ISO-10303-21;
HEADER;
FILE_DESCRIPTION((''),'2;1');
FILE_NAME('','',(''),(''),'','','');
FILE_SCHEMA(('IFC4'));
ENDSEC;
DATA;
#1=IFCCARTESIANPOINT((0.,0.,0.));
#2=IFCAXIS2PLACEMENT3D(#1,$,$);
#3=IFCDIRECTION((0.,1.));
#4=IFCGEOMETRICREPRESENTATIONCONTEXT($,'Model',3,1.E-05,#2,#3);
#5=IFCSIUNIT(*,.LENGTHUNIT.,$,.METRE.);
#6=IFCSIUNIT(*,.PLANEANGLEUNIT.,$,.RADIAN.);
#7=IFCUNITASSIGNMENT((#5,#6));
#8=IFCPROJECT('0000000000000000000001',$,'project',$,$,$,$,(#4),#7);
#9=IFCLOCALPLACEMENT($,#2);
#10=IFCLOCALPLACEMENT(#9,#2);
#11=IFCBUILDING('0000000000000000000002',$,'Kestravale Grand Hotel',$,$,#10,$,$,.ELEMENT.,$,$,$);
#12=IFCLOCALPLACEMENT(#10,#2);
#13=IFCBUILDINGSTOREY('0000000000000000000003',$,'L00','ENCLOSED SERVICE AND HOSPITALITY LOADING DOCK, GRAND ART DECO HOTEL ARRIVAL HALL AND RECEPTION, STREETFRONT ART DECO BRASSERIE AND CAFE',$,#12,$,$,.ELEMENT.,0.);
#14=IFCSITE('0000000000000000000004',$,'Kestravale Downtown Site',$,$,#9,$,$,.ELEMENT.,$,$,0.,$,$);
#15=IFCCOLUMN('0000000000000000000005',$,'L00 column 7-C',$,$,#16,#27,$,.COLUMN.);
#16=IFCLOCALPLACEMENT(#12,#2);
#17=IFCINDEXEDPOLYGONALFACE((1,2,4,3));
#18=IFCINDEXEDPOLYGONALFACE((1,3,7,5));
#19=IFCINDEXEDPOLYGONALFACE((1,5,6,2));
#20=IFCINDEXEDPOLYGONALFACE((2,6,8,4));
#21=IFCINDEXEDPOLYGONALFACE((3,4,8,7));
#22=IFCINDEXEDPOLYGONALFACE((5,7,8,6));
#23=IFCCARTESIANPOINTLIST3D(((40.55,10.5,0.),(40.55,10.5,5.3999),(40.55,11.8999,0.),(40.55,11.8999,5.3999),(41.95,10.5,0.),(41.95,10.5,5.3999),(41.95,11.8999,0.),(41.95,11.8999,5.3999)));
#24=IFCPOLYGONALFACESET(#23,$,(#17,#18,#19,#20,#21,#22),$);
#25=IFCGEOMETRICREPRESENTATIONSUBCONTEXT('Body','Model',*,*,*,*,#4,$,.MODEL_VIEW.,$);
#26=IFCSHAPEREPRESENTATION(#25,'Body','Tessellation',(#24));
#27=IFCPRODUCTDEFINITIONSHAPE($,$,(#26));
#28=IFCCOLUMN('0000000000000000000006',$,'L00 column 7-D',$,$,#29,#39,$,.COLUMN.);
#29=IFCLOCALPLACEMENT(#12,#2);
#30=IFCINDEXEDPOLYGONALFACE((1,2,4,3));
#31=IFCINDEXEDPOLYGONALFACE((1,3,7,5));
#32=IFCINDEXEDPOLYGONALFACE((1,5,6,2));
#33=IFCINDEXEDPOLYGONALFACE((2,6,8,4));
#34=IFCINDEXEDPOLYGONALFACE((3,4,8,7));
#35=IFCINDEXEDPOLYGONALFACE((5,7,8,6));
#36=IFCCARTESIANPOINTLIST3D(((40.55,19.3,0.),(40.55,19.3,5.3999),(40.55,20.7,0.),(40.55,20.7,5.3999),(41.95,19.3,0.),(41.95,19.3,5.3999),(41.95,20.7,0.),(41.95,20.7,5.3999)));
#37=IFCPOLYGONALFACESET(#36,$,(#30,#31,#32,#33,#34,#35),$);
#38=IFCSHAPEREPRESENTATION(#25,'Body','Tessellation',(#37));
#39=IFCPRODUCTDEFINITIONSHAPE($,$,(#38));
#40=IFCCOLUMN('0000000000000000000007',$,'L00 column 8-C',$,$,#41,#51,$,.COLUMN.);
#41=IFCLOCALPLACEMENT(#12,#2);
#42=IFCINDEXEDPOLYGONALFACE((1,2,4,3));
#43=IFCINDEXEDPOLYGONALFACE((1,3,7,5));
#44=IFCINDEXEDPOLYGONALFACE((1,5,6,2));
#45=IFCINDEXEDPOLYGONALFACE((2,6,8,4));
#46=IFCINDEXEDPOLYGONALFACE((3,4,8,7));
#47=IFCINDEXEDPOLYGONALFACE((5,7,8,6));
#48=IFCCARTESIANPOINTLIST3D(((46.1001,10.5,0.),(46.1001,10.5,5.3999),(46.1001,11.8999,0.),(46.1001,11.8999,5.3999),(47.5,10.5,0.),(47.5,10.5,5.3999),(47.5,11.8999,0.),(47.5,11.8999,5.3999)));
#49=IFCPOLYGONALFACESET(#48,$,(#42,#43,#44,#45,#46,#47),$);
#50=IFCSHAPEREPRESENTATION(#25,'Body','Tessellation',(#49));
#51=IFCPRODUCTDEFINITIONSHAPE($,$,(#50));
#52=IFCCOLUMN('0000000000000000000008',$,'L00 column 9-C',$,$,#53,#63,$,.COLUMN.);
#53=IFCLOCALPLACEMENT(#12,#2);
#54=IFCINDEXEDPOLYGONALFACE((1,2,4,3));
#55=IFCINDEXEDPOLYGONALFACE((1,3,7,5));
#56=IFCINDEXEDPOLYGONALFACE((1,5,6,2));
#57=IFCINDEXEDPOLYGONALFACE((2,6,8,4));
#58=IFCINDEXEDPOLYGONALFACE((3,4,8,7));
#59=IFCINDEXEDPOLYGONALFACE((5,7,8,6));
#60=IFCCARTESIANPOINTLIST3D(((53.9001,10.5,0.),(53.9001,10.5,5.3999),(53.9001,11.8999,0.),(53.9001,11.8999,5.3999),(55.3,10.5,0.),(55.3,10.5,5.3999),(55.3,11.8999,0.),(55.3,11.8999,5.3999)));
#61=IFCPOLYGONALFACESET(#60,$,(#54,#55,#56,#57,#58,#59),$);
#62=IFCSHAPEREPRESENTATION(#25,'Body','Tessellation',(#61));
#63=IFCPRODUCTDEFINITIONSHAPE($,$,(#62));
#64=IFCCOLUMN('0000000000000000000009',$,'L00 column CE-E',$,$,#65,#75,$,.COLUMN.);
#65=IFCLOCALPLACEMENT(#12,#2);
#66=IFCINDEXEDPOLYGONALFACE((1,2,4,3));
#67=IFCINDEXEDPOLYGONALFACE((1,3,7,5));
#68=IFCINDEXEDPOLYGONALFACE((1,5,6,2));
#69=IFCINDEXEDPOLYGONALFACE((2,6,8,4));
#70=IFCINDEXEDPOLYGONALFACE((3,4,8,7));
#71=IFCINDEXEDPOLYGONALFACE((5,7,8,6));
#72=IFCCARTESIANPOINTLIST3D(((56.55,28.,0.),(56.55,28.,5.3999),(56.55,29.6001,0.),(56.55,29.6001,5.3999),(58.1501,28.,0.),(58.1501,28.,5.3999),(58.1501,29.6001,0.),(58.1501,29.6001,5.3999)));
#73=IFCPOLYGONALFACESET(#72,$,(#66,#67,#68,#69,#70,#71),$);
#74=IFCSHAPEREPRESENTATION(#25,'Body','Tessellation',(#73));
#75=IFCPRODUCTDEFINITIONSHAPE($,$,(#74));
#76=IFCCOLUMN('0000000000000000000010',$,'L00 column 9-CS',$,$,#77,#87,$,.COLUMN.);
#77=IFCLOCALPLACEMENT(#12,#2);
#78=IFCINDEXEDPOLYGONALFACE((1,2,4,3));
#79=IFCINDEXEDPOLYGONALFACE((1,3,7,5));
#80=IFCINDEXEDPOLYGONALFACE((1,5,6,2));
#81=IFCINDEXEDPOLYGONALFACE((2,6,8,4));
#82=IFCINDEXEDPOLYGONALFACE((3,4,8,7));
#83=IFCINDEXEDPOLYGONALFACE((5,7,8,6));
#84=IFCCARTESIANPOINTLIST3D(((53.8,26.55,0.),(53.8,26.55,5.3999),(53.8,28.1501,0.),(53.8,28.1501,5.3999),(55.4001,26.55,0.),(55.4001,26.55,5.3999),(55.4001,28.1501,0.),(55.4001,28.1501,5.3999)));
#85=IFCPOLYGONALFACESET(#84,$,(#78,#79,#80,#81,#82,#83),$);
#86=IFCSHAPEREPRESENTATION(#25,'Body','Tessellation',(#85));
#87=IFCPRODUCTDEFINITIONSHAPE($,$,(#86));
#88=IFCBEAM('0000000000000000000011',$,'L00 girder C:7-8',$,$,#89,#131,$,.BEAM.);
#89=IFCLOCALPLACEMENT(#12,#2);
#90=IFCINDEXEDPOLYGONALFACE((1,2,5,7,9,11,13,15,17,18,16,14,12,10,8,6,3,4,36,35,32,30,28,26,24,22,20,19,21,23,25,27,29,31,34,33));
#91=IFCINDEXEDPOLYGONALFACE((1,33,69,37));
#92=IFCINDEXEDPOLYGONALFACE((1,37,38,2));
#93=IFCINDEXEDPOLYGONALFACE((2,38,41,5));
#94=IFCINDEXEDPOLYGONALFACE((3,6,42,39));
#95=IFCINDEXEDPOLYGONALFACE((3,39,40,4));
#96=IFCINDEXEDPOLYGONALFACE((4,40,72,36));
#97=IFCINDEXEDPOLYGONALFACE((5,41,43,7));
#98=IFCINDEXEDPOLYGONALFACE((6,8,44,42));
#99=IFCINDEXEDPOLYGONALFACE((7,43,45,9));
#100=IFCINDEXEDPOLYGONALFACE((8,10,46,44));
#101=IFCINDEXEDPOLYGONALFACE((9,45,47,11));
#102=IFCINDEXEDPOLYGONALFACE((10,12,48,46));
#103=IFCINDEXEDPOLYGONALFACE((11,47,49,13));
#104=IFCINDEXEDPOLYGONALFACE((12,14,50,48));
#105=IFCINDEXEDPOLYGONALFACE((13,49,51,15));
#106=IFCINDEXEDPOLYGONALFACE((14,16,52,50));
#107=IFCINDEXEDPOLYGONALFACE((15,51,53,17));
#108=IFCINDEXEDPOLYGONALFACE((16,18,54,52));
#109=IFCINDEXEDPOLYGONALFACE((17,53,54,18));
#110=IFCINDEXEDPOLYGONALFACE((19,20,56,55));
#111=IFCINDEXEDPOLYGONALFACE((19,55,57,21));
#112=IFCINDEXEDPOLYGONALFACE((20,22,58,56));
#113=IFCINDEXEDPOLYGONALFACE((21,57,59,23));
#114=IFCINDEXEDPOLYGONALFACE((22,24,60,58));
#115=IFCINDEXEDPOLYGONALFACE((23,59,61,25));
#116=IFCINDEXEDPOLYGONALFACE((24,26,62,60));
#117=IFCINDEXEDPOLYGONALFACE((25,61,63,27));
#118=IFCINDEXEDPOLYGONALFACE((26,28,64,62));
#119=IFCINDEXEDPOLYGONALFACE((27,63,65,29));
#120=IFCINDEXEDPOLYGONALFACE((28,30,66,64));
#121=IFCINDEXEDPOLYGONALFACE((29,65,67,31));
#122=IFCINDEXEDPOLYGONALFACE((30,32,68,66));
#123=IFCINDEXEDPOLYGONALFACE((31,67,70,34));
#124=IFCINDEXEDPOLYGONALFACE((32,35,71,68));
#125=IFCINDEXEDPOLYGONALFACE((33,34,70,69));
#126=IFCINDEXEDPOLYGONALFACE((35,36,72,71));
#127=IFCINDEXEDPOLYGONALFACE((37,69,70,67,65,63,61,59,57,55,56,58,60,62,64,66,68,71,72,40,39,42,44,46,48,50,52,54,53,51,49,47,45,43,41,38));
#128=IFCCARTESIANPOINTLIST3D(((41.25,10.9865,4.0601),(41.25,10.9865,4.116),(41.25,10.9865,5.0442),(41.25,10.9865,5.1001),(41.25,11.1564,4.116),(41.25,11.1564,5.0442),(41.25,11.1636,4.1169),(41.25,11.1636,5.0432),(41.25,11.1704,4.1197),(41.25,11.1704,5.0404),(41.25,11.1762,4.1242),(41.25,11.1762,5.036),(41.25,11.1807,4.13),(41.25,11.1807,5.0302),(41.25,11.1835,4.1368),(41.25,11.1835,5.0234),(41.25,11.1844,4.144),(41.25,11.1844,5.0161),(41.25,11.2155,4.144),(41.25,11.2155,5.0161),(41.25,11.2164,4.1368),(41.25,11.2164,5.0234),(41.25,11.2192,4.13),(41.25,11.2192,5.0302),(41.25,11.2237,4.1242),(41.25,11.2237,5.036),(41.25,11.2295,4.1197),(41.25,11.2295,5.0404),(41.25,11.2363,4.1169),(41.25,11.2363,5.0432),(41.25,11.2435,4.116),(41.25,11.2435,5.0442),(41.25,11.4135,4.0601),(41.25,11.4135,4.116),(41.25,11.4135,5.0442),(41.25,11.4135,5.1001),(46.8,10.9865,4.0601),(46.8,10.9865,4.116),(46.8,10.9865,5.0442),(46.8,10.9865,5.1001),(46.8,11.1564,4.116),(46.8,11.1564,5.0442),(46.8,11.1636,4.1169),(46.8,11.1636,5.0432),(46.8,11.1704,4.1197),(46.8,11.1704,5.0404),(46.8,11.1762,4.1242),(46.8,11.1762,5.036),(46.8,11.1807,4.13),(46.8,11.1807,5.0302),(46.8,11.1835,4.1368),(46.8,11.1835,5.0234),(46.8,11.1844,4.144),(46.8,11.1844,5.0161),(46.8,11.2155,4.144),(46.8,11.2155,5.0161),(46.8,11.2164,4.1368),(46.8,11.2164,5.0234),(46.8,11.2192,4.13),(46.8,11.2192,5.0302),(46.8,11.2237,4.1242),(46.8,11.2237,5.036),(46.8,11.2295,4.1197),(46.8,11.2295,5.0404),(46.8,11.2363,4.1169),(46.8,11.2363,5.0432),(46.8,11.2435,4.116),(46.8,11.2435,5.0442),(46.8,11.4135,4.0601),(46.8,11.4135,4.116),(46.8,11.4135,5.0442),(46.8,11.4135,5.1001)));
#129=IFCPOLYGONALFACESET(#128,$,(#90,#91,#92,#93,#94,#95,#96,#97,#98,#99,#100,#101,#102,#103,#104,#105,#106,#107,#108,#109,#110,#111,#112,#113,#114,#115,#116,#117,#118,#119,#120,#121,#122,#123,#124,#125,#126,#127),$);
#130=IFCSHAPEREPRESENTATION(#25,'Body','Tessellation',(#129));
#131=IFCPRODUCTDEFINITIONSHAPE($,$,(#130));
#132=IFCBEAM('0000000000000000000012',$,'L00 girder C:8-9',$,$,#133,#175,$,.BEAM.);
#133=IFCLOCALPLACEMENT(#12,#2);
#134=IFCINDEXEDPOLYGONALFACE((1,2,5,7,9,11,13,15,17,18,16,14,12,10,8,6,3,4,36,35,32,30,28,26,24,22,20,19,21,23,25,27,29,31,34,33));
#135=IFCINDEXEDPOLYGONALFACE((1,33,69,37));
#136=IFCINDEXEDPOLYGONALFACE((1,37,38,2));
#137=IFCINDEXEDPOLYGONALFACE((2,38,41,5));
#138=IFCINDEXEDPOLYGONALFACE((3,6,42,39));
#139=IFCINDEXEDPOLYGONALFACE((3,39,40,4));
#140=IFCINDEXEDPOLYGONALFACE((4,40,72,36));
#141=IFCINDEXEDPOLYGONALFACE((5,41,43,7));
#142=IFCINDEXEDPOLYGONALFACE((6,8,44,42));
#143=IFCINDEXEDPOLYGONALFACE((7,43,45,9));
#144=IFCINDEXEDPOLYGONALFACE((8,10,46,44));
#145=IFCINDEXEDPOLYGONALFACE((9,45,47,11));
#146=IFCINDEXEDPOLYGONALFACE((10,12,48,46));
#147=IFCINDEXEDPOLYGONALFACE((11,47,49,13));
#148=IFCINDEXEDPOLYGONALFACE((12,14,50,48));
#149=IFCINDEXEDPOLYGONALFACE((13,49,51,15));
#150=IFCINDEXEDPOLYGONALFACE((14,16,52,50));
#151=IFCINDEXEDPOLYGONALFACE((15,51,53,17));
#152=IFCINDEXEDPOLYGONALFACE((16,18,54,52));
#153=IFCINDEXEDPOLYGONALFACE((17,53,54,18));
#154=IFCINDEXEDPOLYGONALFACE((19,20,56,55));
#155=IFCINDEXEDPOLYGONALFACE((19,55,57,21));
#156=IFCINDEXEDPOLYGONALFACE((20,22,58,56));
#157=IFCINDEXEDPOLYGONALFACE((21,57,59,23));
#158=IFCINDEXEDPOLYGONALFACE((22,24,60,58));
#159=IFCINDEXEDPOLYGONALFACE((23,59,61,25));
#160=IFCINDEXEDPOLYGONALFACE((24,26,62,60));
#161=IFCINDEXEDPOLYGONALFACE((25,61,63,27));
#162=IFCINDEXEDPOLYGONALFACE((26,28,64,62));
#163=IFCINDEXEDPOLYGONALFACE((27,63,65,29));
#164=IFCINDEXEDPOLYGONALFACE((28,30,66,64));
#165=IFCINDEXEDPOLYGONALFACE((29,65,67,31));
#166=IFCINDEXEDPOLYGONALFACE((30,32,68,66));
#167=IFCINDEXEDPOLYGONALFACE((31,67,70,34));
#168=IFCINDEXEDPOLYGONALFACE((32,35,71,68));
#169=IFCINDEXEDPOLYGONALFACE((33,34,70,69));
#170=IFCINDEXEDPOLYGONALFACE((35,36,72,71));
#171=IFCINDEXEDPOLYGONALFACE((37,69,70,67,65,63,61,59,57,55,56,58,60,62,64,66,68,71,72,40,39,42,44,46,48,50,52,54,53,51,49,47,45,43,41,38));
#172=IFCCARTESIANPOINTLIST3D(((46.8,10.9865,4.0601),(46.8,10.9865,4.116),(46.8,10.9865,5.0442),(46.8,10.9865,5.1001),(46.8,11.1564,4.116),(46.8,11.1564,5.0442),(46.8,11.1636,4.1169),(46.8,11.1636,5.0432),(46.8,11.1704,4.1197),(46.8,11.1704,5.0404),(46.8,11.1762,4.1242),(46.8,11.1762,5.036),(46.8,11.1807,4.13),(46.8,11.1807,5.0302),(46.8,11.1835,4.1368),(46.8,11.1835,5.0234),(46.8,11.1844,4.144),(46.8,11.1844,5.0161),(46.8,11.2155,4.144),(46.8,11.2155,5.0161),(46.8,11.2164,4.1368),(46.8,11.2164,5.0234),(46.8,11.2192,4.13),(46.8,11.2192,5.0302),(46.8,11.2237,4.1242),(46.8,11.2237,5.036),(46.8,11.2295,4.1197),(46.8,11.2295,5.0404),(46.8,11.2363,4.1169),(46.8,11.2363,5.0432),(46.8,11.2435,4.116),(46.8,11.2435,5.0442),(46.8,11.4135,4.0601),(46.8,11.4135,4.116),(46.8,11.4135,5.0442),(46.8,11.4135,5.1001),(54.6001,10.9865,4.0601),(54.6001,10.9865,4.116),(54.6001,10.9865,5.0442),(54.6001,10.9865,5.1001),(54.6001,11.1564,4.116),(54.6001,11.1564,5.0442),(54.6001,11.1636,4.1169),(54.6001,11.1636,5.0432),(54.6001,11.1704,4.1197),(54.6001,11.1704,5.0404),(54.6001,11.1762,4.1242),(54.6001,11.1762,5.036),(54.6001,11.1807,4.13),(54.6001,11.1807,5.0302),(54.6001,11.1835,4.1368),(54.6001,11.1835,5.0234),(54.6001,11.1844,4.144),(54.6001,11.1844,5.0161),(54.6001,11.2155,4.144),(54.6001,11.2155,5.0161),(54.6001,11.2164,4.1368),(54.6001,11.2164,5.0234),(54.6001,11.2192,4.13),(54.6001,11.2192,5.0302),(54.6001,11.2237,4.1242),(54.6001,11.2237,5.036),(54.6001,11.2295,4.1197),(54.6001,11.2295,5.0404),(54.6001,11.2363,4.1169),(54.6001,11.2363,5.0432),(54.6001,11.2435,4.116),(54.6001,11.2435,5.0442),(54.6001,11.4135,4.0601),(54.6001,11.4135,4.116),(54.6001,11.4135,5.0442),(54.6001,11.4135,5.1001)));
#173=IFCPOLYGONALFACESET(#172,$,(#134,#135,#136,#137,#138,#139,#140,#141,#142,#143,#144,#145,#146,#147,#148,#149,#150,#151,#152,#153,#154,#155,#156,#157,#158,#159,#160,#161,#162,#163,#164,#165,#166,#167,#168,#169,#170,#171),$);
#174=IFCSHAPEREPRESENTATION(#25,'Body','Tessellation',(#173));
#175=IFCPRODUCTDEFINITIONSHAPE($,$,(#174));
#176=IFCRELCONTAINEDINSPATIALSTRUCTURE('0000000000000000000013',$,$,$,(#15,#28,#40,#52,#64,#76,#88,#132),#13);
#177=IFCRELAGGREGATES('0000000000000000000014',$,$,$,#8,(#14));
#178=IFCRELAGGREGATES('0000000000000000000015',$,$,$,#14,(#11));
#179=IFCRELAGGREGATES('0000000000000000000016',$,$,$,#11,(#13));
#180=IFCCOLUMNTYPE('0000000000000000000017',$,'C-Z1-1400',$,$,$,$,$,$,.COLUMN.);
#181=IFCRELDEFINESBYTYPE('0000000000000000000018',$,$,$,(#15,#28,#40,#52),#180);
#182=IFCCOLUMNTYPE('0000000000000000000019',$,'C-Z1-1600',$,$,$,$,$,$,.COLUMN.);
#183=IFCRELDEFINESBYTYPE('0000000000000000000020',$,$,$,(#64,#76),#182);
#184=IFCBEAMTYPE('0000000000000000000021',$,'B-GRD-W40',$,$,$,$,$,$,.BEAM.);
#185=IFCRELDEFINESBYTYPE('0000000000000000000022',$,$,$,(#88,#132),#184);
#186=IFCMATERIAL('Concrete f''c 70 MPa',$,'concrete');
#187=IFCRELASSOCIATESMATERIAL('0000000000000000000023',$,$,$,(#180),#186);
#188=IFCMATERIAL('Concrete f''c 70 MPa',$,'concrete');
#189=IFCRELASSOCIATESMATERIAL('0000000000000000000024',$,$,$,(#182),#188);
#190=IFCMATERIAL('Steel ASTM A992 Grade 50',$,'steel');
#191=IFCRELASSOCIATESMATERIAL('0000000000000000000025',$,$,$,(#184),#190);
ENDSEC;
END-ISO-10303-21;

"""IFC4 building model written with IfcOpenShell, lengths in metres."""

from ifc_helpers import new_model, si_unit, direction, frame, origin, origin_2d, place, context, subcontext, project, spatial, rectangle, i_section, extrude, material, material_profile, profile_set, type_object, element, save


model = new_model("IFC4")

# Units and contexts
model_context = context("Model", 3, precision=1e-05, world=origin(), true_north=direction((0.0, 1.0)))
body_context = subcontext(model_context, "Body", "Model", "MODEL_VIEW")
ifc_project = project(units=[si_unit("LENGTHUNIT", "METRE"), si_unit("PLANEANGLEUNIT", "RADIAN")], contexts=[model_context])

# Site, building, storey
site_placement = place(None, origin())
site = spatial("IfcSite", under=ifc_project, at=site_placement, Name="Kestravale Downtown Site", CompositionType="ELEMENT", RefElevation=0.0)
building_placement = place(site_placement, origin())
building = spatial("IfcBuilding", under=site, at=building_placement, Name="Kestravale Grand Hotel", CompositionType="ELEMENT")
storey_placement = place(building_placement, origin())
storey = spatial("IfcBuildingStorey", under=building, at=storey_placement, Name="L00", Description="ENCLOSED SERVICE AND HOSPITALITY LOADING DOCK, GRAND ART DECO HOTEL ARRIVAL HALL AND RECEPTION, STREETFRONT ART DECO BRASSERIE AND CAFE", CompositionType="ELEMENT", Elevation=0.0)

# Columns
ifc_material_1 = material(Name="Concrete f'c 70 MPa", Category="concrete")
ifc_material_profile_1 = material_profile(ifc_material_1, rectangle(XDim=1.3999, YDim=1.3999, at=origin_2d()))
ifc_profile_set_1 = profile_set([ifc_material_profile_1], Name="Concrete f'c 70 MPa")
column_type_1 = type_object("IfcColumnType", Name="C-Z1-1400", PredefinedType="COLUMN", material=ifc_profile_set_1)
for number, where, z_axis, x_axis, name in (
    (1, (41.25, 11.2, 0.0), (0.0, 0.0, 1.0), (1.0, 0.0, 0.0), "L00 column 7-C"),
    (2, (41.25, 20.0, 0.0), (0.0, 0.0, 1.0), (1.0, 0.0, 0.0), "L00 column 7-D"),
    (3, (46.8, 11.2, 0.0), (0.0, 0.0, 1.0), (1.0, 0.0, 0.0), "L00 column 8-C"),
    (4, (54.6001, 11.2, 0.0), (0.0, 0.0, 1.0), (1.0, 0.0, 0.0), "L00 column 9-C"),
):
    element("IfcColumn", number, at=place(storey_placement, frame(where, z_axis=z_axis, x_axis=x_axis)), inside=storey, type_object=column_type_1, Name=name, PredefinedType="COLUMN", context=body_context, shape_type="SweptSolid", body=[
        extrude(rectangle(XDim=1.3999, YDim=1.3999, at=origin_2d()), origin(), (0.0, 0.0, 1.0), 5.3999),
    ])
ifc_material_2 = material(Name="Concrete f'c 70 MPa", Category="concrete")
ifc_material_profile_2 = material_profile(ifc_material_2, rectangle(XDim=1.6001, YDim=1.6001, at=origin_2d()))
ifc_profile_set_2 = profile_set([ifc_material_profile_2], Name="Concrete f'c 70 MPa")
column_type_2 = type_object("IfcColumnType", Name="C-Z1-1600", PredefinedType="COLUMN", material=ifc_profile_set_2)
for number, where, z_axis, x_axis, name in (
    (5, (57.3501, 28.8, 0.0), (0.0, 0.0, 1.0), (1.0, 0.0, 0.0), "L00 column CE-E"),
    (6, (54.6001, 27.3501, 0.0), (0.0, 0.0, 1.0), (1.0, 0.0, 0.0), "L00 column 9-CS"),
):
    element("IfcColumn", number, at=place(storey_placement, frame(where, z_axis=z_axis, x_axis=x_axis)), inside=storey, type_object=column_type_2, Name=name, PredefinedType="COLUMN", context=body_context, shape_type="SweptSolid", body=[
        extrude(rectangle(XDim=1.6001, YDim=1.6001, at=origin_2d()), origin(), (0.0, 0.0, 1.0), 5.3999),
    ])

# Beams
ifc_material_3 = material(Name="Steel ASTM A992 Grade 50", Category="steel")
ifc_material_profile_3 = material_profile(ifc_material_3, i_section(OverallWidth=0.427, OverallDepth=1.04, WebThickness=0.031, FlangeThickness=0.0559, FilletRadius=0.0281, at=origin_2d()))
ifc_profile_set_3 = profile_set([ifc_material_profile_3], Name="Steel ASTM A992 Grade 50")
beam_type = type_object("IfcBeamType", Name="B-GRD-W40", PredefinedType="BEAM", material=ifc_profile_set_3)
beam_1_placement = place(storey_placement, frame((41.25, 11.2, 4.5801), z_axis=(1.0, 0.0, 0.0), x_axis=(0.0, 1.0, 0.0)))
element("IfcBeam", 7, at=beam_1_placement, inside=storey, type_object=beam_type, Name="L00 girder C:7-8", PredefinedType="BEAM", context=body_context, shape_type="SweptSolid", body=[
    extrude(i_section(OverallWidth=0.427, OverallDepth=1.04, WebThickness=0.031, FlangeThickness=0.0559, FilletRadius=0.0281, at=origin_2d()), origin(), (0.0, 0.0, 1.0), 5.55),
])
beam_2_placement = place(storey_placement, frame((46.8, 11.2, 4.5801), z_axis=(1.0, 0.0, 0.0), x_axis=(0.0, 1.0, 0.0)))
element("IfcBeam", 8, at=beam_2_placement, inside=storey, type_object=beam_type, Name="L00 girder C:8-9", PredefinedType="BEAM", context=body_context, shape_type="SweptSolid", body=[
    extrude(i_section(OverallWidth=0.427, OverallDepth=1.04, WebThickness=0.031, FlangeThickness=0.0559, FilletRadius=0.0281, at=origin_2d()), origin(), (0.0, 0.0, 1.0), 7.8),
])

save(model, "model.ifc")
